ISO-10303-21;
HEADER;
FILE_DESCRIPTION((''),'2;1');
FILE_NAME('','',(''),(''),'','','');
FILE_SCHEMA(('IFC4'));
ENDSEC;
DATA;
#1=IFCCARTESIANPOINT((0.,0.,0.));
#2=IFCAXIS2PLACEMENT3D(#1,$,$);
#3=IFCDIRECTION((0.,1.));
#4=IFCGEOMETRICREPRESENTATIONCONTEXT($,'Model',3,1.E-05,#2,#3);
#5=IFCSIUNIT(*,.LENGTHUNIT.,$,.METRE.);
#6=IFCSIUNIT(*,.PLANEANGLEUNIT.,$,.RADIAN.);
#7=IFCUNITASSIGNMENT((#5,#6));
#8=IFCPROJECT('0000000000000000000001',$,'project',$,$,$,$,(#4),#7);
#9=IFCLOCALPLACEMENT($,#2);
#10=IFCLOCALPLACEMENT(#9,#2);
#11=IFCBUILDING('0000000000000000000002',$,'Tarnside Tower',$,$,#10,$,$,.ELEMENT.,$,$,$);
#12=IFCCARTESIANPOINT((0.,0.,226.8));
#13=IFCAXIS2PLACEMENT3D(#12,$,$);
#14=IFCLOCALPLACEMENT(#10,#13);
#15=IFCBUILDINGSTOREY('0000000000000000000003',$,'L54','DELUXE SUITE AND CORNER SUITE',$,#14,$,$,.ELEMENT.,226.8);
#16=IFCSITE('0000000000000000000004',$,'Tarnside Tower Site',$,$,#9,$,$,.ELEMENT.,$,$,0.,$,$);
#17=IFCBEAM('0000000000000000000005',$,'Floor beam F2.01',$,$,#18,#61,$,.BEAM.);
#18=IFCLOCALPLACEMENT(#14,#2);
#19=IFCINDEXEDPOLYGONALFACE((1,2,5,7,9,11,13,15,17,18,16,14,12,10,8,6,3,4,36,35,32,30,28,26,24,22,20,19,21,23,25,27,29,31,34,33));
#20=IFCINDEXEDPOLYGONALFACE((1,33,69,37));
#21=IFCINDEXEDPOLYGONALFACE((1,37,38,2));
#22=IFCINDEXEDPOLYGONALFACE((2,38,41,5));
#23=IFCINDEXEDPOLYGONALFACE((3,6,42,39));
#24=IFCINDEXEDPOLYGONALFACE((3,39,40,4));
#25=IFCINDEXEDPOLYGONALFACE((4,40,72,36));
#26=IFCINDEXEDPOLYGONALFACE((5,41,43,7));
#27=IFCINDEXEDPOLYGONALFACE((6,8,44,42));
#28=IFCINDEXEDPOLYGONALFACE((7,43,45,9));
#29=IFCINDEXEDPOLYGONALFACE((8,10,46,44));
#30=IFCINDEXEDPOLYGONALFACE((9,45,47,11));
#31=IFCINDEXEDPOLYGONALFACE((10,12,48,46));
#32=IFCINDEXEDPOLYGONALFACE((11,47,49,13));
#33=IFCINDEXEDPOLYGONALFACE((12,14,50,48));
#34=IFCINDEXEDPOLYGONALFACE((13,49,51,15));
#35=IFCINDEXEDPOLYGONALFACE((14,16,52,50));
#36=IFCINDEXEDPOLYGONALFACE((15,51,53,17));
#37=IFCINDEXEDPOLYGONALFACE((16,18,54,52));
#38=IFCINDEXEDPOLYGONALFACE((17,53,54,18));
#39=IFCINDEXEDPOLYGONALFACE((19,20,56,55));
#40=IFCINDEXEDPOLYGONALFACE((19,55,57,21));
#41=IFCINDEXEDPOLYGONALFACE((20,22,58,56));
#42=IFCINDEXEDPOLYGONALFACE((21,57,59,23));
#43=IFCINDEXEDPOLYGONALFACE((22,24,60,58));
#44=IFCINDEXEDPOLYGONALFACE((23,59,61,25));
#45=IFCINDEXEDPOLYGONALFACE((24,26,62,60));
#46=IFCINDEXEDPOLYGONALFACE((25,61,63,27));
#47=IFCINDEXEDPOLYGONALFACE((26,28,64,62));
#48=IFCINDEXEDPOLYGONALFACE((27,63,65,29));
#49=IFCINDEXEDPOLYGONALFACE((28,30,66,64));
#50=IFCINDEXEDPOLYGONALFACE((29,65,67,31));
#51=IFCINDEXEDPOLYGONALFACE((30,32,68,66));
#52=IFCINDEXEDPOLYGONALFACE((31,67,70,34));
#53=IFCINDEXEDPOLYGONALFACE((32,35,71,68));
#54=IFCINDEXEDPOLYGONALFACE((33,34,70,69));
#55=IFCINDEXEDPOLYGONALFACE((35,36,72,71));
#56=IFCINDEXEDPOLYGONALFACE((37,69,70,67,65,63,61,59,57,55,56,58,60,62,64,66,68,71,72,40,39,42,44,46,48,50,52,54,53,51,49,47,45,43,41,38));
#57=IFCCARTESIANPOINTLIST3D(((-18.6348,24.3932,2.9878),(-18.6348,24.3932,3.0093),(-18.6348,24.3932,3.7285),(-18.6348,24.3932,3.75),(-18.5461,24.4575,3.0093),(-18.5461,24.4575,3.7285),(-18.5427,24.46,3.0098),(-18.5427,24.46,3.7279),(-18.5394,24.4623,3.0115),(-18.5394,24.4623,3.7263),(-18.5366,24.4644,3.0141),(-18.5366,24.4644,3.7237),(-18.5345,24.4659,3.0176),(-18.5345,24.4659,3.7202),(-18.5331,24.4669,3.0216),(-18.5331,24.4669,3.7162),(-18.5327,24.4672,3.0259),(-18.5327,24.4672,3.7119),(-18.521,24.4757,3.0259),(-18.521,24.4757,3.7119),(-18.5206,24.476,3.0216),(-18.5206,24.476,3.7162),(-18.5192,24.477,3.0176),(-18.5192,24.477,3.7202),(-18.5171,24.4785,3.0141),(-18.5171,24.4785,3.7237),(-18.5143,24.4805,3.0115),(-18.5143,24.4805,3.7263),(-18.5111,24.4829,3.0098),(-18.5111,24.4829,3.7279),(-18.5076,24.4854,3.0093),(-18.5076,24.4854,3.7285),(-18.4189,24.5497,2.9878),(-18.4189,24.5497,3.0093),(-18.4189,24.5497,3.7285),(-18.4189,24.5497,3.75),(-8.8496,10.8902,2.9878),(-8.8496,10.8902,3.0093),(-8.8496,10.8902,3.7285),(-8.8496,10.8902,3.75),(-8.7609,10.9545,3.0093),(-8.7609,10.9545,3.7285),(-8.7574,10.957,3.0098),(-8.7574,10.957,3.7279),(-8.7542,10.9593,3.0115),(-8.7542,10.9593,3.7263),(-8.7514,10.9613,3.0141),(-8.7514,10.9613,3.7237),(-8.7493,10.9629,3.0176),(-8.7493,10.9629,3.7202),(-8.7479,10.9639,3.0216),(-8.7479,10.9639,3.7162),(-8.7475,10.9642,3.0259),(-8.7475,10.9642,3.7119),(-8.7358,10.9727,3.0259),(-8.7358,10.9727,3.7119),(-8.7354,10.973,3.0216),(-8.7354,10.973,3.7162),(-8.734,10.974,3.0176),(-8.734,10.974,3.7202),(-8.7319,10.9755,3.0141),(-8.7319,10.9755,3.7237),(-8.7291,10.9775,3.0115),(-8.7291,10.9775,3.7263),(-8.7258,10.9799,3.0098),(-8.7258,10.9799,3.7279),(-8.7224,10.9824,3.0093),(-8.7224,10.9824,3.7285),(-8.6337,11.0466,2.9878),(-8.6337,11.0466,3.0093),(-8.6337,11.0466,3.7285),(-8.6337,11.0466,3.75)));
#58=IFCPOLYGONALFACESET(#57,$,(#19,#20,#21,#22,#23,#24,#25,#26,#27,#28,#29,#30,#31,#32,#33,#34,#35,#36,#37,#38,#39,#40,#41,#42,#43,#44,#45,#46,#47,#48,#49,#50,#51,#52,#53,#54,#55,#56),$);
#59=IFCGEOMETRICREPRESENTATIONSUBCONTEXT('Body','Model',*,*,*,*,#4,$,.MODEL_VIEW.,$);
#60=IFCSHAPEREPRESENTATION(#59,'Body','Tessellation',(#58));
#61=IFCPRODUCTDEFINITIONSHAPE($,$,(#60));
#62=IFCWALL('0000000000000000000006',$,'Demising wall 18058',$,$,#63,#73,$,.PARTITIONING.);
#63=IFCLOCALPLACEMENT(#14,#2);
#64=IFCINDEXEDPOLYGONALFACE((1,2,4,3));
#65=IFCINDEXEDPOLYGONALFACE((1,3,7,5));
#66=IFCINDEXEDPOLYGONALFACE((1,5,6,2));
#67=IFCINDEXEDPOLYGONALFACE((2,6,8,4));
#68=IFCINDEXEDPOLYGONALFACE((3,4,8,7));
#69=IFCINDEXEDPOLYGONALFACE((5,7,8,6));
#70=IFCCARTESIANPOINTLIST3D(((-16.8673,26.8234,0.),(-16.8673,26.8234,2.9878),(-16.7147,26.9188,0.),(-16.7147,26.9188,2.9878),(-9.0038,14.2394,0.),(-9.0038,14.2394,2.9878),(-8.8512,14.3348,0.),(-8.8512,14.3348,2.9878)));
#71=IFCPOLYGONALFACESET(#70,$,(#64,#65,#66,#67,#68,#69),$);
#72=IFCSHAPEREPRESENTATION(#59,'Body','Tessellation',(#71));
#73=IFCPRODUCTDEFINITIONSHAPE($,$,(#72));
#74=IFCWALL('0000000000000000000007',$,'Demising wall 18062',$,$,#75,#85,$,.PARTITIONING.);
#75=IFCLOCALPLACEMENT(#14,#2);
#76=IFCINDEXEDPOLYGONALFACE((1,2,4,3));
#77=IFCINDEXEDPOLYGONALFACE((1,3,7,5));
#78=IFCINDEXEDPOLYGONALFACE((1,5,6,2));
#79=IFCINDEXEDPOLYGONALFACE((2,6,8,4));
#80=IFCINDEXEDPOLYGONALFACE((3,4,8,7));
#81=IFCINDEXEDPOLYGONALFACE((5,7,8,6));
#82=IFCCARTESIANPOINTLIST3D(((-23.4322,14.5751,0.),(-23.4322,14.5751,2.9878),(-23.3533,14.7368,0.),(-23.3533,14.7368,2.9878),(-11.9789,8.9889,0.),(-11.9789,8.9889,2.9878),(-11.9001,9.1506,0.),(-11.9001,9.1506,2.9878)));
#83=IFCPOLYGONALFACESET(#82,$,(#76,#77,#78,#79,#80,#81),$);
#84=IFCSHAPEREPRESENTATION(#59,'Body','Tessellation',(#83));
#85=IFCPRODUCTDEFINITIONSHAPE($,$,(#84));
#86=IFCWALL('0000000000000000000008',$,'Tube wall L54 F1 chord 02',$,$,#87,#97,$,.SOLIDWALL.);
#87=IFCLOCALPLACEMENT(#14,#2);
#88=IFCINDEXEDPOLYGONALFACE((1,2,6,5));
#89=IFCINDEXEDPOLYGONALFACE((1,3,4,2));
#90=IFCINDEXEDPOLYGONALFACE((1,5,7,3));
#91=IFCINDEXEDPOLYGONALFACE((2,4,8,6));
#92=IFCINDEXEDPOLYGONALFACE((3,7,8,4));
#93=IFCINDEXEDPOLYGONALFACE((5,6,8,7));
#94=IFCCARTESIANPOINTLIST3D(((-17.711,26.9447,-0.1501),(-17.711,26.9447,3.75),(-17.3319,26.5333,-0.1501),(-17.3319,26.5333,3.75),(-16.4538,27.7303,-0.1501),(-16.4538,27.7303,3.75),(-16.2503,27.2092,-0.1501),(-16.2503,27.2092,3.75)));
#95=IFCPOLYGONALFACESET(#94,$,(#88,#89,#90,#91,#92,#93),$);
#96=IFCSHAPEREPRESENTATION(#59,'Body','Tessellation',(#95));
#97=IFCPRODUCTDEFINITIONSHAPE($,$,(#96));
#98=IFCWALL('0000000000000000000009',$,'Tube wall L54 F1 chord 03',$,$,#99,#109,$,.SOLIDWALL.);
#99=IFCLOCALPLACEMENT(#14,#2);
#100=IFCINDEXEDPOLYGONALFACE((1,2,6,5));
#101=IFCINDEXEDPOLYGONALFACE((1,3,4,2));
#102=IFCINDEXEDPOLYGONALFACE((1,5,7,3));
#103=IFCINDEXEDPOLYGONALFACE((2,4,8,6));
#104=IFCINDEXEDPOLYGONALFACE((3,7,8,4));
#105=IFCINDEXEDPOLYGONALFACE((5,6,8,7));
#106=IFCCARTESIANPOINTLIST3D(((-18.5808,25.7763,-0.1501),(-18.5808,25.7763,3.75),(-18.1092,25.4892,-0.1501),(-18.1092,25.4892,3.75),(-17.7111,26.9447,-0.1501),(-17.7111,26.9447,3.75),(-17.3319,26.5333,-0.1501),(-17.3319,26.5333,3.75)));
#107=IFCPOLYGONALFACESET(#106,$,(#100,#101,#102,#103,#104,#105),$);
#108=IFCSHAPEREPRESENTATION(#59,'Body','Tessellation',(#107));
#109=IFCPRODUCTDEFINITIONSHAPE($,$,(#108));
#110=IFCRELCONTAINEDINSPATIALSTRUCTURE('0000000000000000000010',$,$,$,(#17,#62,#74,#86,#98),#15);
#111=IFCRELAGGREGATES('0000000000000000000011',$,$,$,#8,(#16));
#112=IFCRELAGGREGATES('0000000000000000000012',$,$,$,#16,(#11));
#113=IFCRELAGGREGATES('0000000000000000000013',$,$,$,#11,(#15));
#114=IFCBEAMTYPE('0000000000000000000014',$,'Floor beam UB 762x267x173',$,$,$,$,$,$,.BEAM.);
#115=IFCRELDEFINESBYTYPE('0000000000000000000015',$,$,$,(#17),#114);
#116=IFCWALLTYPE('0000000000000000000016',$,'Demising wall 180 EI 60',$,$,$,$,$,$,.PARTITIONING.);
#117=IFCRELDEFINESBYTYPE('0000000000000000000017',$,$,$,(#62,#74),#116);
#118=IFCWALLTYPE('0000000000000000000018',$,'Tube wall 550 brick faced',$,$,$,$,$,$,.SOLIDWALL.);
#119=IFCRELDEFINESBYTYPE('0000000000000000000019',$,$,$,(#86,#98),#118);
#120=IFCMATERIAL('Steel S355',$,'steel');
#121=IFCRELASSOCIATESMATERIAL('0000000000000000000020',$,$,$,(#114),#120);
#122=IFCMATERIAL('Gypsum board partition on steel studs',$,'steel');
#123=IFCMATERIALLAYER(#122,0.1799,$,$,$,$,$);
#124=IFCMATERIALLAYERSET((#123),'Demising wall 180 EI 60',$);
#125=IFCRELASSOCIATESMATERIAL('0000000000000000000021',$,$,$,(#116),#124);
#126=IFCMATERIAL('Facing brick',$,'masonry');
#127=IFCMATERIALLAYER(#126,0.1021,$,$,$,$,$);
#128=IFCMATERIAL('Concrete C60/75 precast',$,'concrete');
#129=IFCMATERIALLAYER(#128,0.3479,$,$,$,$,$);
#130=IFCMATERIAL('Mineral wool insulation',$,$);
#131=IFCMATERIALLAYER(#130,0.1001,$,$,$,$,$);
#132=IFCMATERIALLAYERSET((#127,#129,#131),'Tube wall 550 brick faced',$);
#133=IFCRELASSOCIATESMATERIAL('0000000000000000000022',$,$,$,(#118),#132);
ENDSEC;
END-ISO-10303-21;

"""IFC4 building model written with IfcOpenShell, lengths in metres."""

from ifc_helpers import new_model, si_unit, direction, frame, frame_2d, origin, origin_2d, place, context, subcontext, project, spatial, polyline, rectangle, i_section, outline, extrude, material, layer, layer_set, material_profile, profile_set, type_object, element, save


model = new_model("IFC4")

# Units and contexts
model_context = context("Model", 3, precision=1e-05, world=origin(), true_north=direction((0.0, 1.0)))
body_context = subcontext(model_context, "Body", "Model", "MODEL_VIEW")
ifc_project = project(units=[si_unit("LENGTHUNIT", "METRE"), si_unit("PLANEANGLEUNIT", "RADIAN")], contexts=[model_context])

# Site, building, storey
site_placement = place(None, origin())
site = spatial("IfcSite", under=ifc_project, at=site_placement, Name="Tarnside Tower Site", CompositionType="ELEMENT", RefElevation=0.0)
building_placement = place(site_placement, origin())
building = spatial("IfcBuilding", under=site, at=building_placement, Name="Tarnside Tower", CompositionType="ELEMENT")
storey_placement = place(building_placement, frame((0.0, 0.0, 226.8)))
storey = spatial("IfcBuildingStorey", under=building, at=storey_placement, Name="L54", Description="DELUXE SUITE AND CORNER SUITE", CompositionType="ELEMENT", Elevation=226.8)

# Beam
ifc_material_1 = material(Name="Steel S355", Category="steel")
ifc_material_profile_1 = material_profile(ifc_material_1, i_section(OverallWidth=0.2666, OverallDepth=0.7622, WebThickness=0.0144, FlangeThickness=0.0215, FilletRadius=0.0166, at=origin_2d()), Name="UB 762x267x173")
ifc_profile_set_1 = profile_set([ifc_material_profile_1], Name="Steel S355")
beam_type_1 = type_object("IfcBeamType", Name="Floor beam UB 762x267x173", PredefinedType="BEAM", material=ifc_profile_set_1)
beam_1_placement = place(storey_placement, frame((-18.5269, 24.4714, 3.3689), z_axis=(0.586792, -0.809738, 0.0), x_axis=(0.809738, 0.586792, 0.0)))
element("IfcBeam", 1, at=beam_1_placement, inside=storey, type_object=beam_type_1, Name="Floor beam F2.01", PredefinedType="BEAM", context=body_context, shape_type="SweptSolid", body=[
    extrude(i_section(OverallWidth=0.2666, OverallDepth=0.7622, WebThickness=0.0144, FlangeThickness=0.0215, FilletRadius=0.0166, at=origin_2d()), origin(), (0.0, 0.0, 1.0), 16.6758),
])

# Walls
ifc_material_2 = material(Name="Gypsum board partition on steel studs", Category="steel")
ifc_layer_1 = layer(ifc_material_2, 0.1799)
ifc_layer_set_1 = layer_set([ifc_layer_1], Name="Demising wall 180 EI 60")
wall_type_1 = type_object("IfcWallType", Name="Demising wall 180 EI 60", PredefinedType="PARTITIONING", material=ifc_layer_set_1)
wall_1_placement = place(storey_placement, frame((-16.791, 26.8711, 0.0), z_axis=(0.0, 0.0, 1.0), x_axis=(0.529928, -0.848043, 0.0)))
element("IfcWall", 2, at=wall_1_placement, inside=storey, type_object=wall_type_1, Name="Demising wall 18058", PredefinedType="PARTITIONING", context=body_context, shape_type="SweptSolid", body=[
    extrude(rectangle(XDim=14.8389, YDim=0.1799, at=frame_2d((7.4194, 0.0))), origin(), (0.0, 0.0, 1.0), 2.9878),
])
wall_2_placement = place(storey_placement, frame((-23.3928, 14.656, 0.0), z_axis=(0.0, 0.0, 1.0), x_axis=(0.89879, -0.438379, 0.0)))
element("IfcWall", 3, at=wall_2_placement, inside=storey, type_object=wall_type_1, Name="Demising wall 18062", PredefinedType="PARTITIONING", context=body_context, shape_type="SweptSolid", body=[
    extrude(rectangle(XDim=12.7429, YDim=0.1799, at=frame_2d((6.3716, 0.0))), origin(), (0.0, 0.0, 1.0), 2.9878),
])
ifc_material_3 = material(Name="Facing brick", Category="masonry")
ifc_layer_2 = layer(ifc_material_3, 0.1021)
ifc_material_4 = material(Name="Concrete C60/75 precast", Category="concrete")
ifc_layer_3 = layer(ifc_material_4, 0.3479)
ifc_material_5 = material(Name="Mineral wool insulation")
ifc_layer_4 = layer(ifc_material_5, 0.1001)
ifc_layer_set_2 = layer_set([ifc_layer_2, ifc_layer_3, ifc_layer_4], Name="Tube wall 550 brick faced")
wall_type_2 = type_object("IfcWallType", Name="Tube wall 550 brick faced", PredefinedType="SOLIDWALL", material=ifc_layer_set_2)
wall_3_placement = place(storey_placement, frame((-16.3521, 27.4697, -0.1501), z_axis=(0.0, 0.0, 1.0), x_axis=(-0.848058, -0.529903, 0.0)))
element("IfcWall", 4, at=wall_3_placement, inside=storey, type_object=wall_type_2, Name="Tube wall L54 F1 chord 02", PredefinedType="SOLIDWALL", context=body_context, shape_type="SweptSolid", body=[
    extrude(outline(polyline([(-0.0518, -0.2749), (1.4307, -0.2749), (1.3271, 0.2749), (0.0518, 0.2749), (-0.0518, -0.2749)])), origin(), (0.0, 0.0, 1.0), 3.9001),
])
wall_4_placement = place(storey_placement, frame((-17.5215, 26.739, -0.1501), z_axis=(0.0, 0.0, 1.0), x_axis=(-0.597135, -0.802141, 0.0)))
element("IfcWall", 5, at=wall_4_placement, inside=storey, type_object=wall_type_2, Name="Tube wall L54 F1 chord 03", PredefinedType="SOLIDWALL", context=body_context, shape_type="SweptSolid", body=[
    extrude(outline(polyline([(-0.0518, -0.2749), (1.4048, -0.2749), (1.3535, 0.2749), (0.0518, 0.2749), (-0.0518, -0.2749)])), origin(), (0.0, 0.0, 1.0), 3.9001),
])

save(model, "model.ifc")
